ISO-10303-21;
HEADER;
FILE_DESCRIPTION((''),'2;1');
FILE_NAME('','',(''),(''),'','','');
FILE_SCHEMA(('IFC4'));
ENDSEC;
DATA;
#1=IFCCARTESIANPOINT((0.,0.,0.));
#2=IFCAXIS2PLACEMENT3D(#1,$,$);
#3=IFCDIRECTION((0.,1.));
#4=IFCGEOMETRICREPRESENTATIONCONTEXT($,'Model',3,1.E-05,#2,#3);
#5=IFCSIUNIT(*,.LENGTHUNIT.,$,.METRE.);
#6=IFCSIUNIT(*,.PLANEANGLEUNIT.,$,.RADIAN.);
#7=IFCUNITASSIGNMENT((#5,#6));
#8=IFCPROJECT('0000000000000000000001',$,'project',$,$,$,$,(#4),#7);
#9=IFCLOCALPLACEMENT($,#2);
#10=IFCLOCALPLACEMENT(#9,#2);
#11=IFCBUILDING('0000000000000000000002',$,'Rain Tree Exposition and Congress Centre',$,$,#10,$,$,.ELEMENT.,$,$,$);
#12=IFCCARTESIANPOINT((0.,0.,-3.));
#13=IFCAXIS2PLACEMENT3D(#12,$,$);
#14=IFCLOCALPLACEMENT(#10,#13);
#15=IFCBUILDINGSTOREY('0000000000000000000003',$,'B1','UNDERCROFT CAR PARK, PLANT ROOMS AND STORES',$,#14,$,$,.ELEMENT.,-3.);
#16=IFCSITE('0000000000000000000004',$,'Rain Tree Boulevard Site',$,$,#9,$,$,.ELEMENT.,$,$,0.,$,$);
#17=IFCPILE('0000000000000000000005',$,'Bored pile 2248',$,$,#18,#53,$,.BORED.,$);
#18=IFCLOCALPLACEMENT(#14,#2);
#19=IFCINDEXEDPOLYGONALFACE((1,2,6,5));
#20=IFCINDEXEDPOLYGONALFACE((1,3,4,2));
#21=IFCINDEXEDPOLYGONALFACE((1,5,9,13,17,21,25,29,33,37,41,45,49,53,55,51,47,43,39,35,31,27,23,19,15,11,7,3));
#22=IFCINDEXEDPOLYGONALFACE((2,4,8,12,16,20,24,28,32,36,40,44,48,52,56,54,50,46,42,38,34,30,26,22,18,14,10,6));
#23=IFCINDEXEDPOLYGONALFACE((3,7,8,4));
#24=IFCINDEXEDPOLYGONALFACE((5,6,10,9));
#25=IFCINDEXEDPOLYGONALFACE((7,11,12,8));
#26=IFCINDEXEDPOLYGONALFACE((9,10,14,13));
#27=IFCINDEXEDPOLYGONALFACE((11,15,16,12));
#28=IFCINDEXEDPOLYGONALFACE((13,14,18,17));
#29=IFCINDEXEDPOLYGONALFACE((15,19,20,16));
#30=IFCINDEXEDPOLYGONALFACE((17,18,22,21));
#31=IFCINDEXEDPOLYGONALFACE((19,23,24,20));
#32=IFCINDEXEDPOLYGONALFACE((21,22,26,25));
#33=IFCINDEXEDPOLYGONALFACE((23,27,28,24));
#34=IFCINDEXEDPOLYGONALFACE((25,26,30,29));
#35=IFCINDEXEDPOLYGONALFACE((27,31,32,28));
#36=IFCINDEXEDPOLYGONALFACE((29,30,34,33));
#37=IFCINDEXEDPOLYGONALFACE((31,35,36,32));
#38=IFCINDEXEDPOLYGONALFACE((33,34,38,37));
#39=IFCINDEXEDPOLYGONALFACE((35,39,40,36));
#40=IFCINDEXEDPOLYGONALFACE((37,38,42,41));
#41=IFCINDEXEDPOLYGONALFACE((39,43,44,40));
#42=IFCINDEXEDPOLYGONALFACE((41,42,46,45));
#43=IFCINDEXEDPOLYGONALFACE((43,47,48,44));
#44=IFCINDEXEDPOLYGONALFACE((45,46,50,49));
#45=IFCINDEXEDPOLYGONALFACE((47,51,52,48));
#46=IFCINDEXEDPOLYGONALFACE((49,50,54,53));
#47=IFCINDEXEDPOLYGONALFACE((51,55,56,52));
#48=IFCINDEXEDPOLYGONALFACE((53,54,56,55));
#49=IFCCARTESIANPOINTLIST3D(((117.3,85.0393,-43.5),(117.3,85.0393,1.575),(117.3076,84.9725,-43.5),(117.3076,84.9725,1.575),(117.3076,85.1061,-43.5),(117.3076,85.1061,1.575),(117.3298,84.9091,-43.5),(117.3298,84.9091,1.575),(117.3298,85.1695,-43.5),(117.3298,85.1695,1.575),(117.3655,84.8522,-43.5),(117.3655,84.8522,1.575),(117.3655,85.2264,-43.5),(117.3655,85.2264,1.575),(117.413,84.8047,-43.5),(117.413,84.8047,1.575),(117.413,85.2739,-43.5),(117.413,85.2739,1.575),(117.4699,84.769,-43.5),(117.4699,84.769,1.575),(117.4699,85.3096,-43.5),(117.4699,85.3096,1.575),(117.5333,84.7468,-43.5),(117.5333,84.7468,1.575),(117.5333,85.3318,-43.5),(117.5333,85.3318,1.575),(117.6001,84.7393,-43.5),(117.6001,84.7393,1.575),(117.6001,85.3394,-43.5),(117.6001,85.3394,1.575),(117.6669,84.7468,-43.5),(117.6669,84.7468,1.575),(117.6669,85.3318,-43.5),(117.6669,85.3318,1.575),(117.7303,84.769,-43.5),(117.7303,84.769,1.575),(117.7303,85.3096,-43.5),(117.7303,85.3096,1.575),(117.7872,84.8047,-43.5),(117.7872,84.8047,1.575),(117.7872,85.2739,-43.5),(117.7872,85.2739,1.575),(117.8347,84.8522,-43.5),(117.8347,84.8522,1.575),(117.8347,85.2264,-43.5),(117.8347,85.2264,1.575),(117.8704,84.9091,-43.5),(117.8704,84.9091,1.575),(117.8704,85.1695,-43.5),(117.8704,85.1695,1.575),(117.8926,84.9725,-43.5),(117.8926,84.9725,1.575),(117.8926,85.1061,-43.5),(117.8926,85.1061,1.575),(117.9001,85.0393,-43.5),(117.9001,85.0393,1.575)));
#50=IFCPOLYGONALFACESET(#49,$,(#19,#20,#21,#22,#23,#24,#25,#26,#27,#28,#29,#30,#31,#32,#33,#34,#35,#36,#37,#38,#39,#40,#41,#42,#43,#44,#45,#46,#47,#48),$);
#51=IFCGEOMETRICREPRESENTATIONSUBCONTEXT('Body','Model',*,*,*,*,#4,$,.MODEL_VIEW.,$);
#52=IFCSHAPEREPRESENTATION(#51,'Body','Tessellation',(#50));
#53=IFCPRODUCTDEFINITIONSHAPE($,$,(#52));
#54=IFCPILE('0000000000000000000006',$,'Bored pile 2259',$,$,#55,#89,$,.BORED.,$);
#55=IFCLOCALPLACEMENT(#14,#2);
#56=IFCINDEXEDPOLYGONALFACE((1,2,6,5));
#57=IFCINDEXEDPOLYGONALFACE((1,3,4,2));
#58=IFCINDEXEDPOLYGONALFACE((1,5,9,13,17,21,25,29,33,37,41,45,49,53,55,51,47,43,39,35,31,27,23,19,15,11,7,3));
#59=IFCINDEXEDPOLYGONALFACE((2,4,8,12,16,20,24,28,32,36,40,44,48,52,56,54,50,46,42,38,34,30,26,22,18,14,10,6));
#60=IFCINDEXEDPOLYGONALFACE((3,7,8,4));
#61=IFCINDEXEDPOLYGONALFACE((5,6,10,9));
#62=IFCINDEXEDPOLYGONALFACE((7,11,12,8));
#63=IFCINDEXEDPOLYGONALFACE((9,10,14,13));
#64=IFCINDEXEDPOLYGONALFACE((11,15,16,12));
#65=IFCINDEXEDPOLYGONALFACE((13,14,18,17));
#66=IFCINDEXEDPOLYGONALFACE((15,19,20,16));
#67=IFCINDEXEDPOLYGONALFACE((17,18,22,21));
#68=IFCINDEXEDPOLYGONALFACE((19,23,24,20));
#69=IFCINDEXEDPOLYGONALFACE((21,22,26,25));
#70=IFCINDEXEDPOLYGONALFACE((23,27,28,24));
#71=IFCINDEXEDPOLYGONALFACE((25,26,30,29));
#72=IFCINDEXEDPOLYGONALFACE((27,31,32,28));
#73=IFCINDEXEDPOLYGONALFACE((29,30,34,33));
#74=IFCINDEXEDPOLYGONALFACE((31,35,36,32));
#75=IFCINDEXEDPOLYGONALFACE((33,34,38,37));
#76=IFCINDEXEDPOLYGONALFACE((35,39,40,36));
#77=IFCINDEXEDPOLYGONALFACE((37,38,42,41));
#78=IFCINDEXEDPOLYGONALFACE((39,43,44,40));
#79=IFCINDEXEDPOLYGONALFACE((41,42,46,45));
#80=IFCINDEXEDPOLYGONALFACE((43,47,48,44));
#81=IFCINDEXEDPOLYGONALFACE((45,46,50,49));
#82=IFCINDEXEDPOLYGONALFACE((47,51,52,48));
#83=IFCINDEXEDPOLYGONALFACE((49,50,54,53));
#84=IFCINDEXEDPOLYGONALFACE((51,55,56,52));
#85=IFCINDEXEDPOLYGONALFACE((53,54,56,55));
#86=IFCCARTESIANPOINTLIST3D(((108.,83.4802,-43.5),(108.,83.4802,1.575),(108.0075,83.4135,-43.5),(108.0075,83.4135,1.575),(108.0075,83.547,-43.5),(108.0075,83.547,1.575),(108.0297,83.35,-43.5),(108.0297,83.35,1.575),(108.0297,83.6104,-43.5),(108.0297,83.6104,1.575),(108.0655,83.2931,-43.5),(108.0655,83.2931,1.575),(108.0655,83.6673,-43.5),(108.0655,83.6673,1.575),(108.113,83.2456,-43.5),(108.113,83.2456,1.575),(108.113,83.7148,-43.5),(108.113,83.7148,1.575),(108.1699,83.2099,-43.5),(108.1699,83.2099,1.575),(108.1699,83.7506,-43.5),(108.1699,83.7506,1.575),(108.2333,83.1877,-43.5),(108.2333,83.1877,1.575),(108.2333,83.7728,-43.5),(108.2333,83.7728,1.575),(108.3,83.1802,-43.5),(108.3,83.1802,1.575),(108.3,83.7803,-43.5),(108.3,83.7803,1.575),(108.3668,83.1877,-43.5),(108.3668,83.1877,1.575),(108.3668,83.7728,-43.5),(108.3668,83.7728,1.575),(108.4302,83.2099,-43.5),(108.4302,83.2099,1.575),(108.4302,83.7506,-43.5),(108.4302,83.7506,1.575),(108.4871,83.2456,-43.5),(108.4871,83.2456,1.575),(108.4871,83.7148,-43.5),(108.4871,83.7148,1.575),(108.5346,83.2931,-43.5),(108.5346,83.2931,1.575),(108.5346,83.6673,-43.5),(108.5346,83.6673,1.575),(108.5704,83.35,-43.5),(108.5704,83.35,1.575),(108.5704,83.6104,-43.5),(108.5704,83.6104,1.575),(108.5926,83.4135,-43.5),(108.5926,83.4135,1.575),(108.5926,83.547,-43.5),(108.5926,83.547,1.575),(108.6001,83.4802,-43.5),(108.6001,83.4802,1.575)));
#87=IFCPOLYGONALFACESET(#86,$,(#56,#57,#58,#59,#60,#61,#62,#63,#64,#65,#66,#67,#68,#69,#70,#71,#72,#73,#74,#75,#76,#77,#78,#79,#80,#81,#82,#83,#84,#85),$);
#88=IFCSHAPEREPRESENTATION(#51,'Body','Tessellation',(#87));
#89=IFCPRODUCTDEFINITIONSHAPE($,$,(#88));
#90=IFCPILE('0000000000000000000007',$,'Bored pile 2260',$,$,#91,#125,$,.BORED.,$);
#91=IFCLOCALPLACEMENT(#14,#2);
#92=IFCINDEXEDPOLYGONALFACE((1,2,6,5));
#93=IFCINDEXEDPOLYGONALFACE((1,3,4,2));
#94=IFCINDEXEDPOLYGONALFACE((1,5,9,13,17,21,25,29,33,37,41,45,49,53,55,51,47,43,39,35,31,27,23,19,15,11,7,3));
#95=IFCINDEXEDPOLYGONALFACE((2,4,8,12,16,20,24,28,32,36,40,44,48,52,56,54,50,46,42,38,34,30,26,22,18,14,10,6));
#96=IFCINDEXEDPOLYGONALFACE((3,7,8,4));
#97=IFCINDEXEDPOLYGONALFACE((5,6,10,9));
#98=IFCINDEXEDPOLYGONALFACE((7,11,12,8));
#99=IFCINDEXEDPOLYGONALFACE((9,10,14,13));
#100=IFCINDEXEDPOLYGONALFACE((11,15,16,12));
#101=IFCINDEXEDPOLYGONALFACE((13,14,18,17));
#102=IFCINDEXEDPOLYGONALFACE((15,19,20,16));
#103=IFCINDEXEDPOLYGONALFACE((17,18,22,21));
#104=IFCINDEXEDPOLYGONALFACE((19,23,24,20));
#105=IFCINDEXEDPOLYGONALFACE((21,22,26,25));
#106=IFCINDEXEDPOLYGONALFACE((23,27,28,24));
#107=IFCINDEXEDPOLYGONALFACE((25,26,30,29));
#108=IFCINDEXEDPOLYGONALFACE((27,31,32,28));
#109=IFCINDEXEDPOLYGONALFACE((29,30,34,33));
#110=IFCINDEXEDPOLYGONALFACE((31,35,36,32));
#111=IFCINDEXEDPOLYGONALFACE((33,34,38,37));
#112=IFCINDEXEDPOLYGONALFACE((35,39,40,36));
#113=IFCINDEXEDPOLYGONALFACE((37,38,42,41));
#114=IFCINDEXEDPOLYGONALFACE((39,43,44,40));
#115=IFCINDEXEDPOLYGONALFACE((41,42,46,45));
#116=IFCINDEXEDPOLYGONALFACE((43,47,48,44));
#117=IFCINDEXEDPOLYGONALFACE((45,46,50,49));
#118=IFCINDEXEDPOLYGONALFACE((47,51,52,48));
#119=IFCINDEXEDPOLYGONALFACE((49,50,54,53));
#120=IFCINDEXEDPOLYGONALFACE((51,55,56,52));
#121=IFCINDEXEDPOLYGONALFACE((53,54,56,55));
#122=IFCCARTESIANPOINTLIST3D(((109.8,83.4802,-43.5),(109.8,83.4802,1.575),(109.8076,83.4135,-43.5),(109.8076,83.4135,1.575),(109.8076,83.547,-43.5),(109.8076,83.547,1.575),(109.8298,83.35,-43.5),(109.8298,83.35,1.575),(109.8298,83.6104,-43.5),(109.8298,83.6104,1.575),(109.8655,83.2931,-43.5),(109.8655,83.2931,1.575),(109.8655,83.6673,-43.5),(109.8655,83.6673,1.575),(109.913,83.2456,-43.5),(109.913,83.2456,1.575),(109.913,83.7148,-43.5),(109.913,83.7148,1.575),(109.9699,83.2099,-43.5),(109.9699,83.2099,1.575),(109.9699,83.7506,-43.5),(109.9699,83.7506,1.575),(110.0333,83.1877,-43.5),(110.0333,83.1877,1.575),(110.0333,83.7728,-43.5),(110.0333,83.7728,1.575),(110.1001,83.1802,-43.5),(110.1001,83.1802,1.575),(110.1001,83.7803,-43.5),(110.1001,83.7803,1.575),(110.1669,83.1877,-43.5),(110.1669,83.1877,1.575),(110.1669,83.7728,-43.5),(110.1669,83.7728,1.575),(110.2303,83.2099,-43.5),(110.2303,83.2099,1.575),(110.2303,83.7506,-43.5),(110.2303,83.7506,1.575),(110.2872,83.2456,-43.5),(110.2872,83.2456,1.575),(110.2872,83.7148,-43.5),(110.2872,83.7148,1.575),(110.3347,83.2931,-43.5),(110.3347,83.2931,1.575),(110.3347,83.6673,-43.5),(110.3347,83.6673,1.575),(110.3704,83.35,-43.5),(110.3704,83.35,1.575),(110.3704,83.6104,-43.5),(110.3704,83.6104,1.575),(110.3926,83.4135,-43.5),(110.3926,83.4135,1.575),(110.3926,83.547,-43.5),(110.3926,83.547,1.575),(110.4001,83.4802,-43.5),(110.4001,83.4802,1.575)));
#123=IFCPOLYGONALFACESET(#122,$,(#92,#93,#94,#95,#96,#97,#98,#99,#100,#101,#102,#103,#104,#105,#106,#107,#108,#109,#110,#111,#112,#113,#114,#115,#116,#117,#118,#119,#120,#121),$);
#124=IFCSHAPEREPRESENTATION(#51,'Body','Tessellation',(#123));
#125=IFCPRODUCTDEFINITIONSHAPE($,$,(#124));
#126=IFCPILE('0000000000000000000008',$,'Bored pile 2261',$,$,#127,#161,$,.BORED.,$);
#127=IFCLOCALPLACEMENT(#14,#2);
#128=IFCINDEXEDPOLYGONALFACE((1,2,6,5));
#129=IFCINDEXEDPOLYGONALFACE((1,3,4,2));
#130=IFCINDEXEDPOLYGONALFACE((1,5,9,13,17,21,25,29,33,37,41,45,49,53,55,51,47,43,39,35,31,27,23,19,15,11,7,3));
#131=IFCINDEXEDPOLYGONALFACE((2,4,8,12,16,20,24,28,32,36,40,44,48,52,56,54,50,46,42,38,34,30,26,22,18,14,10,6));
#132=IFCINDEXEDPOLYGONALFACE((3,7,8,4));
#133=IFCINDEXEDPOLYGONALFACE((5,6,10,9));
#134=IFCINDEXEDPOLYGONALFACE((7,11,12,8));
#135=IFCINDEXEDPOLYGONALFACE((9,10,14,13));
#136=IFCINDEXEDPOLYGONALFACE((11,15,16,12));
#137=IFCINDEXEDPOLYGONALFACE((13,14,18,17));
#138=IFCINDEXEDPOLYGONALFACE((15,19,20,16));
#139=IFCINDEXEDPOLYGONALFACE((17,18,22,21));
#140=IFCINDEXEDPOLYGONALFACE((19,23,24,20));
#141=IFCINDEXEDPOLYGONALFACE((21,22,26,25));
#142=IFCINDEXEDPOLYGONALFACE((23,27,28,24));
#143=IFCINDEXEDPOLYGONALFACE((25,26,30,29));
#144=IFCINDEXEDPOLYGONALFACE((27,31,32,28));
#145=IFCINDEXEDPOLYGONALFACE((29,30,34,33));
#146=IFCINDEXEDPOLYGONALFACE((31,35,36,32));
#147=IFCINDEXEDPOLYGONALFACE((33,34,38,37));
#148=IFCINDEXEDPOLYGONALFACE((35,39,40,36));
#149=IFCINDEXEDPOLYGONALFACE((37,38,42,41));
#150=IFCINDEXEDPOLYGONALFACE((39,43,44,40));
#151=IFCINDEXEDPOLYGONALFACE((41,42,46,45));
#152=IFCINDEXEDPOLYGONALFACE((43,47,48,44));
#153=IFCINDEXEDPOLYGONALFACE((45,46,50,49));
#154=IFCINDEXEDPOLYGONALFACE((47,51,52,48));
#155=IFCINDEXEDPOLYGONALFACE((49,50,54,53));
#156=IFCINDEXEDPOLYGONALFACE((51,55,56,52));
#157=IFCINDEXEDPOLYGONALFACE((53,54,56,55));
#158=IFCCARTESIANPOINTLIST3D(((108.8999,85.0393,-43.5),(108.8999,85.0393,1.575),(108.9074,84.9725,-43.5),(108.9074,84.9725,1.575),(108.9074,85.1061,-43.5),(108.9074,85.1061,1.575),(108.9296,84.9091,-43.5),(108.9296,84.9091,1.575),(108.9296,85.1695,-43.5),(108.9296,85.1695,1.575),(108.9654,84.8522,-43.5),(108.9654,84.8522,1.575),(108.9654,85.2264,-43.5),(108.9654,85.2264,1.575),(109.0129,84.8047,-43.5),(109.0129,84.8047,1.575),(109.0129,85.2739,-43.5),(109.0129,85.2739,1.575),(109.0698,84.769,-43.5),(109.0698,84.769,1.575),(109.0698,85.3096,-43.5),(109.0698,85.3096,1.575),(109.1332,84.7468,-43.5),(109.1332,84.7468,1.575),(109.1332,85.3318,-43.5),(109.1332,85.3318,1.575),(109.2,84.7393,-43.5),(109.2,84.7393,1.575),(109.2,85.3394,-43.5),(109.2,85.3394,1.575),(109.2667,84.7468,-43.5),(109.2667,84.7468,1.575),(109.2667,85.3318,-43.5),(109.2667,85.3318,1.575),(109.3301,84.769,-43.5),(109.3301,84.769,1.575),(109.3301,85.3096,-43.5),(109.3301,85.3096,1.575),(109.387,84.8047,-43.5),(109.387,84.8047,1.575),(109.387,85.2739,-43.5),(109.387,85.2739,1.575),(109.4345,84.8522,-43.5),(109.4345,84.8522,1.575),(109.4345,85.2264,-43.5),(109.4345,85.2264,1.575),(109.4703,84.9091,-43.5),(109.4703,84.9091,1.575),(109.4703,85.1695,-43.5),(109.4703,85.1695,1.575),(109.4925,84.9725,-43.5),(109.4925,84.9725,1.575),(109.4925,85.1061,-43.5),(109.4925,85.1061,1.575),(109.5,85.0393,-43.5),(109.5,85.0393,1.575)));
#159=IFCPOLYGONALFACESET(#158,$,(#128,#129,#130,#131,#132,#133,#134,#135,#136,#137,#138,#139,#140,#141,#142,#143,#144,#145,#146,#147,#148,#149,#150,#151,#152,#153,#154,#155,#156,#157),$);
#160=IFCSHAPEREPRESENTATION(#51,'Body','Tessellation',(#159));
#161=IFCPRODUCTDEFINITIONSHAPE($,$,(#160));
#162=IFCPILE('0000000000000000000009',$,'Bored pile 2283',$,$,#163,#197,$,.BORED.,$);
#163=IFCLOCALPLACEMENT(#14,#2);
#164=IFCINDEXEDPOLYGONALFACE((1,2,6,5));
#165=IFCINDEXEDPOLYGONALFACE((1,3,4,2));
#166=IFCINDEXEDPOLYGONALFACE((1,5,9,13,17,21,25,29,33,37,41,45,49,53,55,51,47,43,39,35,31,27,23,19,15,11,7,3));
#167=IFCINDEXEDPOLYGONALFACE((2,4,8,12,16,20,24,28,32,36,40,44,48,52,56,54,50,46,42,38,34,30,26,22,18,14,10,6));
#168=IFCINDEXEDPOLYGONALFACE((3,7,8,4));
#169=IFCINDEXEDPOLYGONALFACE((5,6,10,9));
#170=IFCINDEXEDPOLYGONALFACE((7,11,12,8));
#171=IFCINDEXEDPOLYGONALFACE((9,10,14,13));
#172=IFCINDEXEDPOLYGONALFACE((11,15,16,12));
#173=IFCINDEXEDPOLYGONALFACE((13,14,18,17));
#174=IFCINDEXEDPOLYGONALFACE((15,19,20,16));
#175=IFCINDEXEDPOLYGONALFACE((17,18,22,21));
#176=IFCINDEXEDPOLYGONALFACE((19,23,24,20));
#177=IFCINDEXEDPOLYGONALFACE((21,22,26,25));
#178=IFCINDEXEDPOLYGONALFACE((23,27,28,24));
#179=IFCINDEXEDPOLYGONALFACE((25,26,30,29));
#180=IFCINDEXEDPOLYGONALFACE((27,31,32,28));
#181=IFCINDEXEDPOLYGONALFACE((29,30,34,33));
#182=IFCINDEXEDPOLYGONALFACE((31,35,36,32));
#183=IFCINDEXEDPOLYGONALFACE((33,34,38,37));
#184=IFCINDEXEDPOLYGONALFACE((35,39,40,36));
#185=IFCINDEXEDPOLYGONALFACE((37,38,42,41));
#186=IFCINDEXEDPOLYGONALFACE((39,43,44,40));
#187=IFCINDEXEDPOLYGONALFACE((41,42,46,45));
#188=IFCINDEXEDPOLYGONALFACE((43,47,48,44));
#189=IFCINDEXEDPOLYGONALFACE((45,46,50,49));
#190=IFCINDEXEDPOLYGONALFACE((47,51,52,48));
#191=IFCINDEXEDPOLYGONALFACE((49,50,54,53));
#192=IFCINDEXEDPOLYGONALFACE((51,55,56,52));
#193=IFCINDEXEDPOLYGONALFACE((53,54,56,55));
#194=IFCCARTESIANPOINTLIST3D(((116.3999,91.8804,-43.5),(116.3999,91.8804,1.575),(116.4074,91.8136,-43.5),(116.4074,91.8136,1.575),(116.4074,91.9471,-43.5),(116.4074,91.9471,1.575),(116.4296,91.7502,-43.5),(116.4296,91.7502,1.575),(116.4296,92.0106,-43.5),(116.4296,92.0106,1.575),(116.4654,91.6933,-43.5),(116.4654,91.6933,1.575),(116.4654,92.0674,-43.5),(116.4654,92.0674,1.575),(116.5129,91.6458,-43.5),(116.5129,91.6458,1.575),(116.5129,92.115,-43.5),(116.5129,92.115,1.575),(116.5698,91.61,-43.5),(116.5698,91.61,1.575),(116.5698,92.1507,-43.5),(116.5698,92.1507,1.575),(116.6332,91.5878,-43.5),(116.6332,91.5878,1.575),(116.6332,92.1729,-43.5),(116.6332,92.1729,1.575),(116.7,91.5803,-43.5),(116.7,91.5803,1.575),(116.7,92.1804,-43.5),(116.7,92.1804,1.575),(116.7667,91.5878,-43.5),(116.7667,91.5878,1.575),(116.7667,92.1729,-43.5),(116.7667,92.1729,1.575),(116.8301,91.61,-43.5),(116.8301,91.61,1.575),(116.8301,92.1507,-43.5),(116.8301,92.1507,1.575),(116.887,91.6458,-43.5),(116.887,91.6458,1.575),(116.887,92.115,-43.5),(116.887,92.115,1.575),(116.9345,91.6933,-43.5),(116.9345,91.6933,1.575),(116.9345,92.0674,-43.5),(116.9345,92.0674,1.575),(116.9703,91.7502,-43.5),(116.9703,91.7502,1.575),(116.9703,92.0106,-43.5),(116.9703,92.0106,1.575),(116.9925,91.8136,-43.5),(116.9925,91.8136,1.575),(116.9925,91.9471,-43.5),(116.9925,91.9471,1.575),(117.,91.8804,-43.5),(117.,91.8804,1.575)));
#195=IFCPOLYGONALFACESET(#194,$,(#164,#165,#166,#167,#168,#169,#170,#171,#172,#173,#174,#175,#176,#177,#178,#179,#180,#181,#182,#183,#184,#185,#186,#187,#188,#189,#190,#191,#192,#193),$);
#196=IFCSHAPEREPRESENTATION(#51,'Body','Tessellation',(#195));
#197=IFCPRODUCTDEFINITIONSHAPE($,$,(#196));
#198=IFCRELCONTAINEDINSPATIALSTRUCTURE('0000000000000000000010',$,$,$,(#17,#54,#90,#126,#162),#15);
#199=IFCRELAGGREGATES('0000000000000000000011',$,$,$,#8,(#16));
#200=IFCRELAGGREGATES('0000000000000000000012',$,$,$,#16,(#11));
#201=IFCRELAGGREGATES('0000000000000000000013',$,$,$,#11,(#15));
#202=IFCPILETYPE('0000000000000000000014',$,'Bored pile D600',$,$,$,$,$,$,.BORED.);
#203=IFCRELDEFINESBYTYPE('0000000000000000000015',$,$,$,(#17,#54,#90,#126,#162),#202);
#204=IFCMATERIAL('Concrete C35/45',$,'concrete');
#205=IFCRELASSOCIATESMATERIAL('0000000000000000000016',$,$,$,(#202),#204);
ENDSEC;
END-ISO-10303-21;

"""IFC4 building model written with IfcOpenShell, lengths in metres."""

from ifc_helpers import new_model, si_unit, direction, frame, origin, origin_2d, place, context, subcontext, project, spatial, circle, extrude, material, material_profile, profile_set, type_object, element, save


model = new_model("IFC4")

# Units and contexts
model_context = context("Model", 3, precision=1e-05, world=origin(), true_north=direction((0.0, 1.0)))
body_context = subcontext(model_context, "Body", "Model", "MODEL_VIEW")
ifc_project = project(units=[si_unit("LENGTHUNIT", "METRE"), si_unit("PLANEANGLEUNIT", "RADIAN")], contexts=[model_context])

# Site, building, storey
site_placement = place(None, origin())
site = spatial("IfcSite", under=ifc_project, at=site_placement, Name="Rain Tree Boulevard Site", CompositionType="ELEMENT", RefElevation=0.0)
building_placement = place(site_placement, origin())
building = spatial("IfcBuilding", under=site, at=building_placement, Name="Rain Tree Exposition and Congress Centre", CompositionType="ELEMENT")
storey_placement = place(building_placement, frame((0.0, 0.0, -3.0)))
storey = spatial("IfcBuildingStorey", under=building, at=storey_placement, Name="B1", Description="UNDERCROFT CAR PARK, PLANT ROOMS AND STORES", CompositionType="ELEMENT", Elevation=-3.0)

# Piles
ifc_material_1 = material(Name="Concrete C35/45", Category="concrete")
ifc_material_profile_1 = material_profile(ifc_material_1, circle(Radius=0.3, at=origin_2d()), Name="D600")
ifc_profile_set_1 = profile_set([ifc_material_profile_1], Name="Concrete C35/45")
pile_type_1 = type_object("IfcPileType", Name="Bored pile D600", PredefinedType="BORED", material=ifc_profile_set_1)
for number, where, z_axis, x_axis, name in (
    (1, (117.6001, 85.0393, 1.575), (0.0, 0.0, -1.0), (1.0, 0.0, 0.0), "Bored pile 2248"),
    (2, (108.3, 83.4802, 1.575), (0.0, 0.0, -1.0), (1.0, 0.0, 0.0), "Bored pile 2259"),
    (3, (110.1001, 83.4802, 1.575), (0.0, 0.0, -1.0), (1.0, 0.0, 0.0), "Bored pile 2260"),
    (4, (109.2, 85.0393, 1.575), (0.0, 0.0, -1.0), (1.0, 0.0, 0.0), "Bored pile 2261"),
    (5, (116.7, 91.8804, 1.575), (0.0, 0.0, -1.0), (1.0, 0.0, 0.0), "Bored pile 2283"),
):
    element("IfcPile", number, at=place(storey_placement, frame(where, z_axis=z_axis, x_axis=x_axis)), inside=storey, type_object=pile_type_1, Name=name, PredefinedType="BORED", context=body_context, shape_type="SweptSolid", body=[
        extrude(circle(Radius=0.3, at=origin_2d()), origin(), (0.0, 0.0, 1.0), 45.075),
    ])

save(model, "model.ifc")
